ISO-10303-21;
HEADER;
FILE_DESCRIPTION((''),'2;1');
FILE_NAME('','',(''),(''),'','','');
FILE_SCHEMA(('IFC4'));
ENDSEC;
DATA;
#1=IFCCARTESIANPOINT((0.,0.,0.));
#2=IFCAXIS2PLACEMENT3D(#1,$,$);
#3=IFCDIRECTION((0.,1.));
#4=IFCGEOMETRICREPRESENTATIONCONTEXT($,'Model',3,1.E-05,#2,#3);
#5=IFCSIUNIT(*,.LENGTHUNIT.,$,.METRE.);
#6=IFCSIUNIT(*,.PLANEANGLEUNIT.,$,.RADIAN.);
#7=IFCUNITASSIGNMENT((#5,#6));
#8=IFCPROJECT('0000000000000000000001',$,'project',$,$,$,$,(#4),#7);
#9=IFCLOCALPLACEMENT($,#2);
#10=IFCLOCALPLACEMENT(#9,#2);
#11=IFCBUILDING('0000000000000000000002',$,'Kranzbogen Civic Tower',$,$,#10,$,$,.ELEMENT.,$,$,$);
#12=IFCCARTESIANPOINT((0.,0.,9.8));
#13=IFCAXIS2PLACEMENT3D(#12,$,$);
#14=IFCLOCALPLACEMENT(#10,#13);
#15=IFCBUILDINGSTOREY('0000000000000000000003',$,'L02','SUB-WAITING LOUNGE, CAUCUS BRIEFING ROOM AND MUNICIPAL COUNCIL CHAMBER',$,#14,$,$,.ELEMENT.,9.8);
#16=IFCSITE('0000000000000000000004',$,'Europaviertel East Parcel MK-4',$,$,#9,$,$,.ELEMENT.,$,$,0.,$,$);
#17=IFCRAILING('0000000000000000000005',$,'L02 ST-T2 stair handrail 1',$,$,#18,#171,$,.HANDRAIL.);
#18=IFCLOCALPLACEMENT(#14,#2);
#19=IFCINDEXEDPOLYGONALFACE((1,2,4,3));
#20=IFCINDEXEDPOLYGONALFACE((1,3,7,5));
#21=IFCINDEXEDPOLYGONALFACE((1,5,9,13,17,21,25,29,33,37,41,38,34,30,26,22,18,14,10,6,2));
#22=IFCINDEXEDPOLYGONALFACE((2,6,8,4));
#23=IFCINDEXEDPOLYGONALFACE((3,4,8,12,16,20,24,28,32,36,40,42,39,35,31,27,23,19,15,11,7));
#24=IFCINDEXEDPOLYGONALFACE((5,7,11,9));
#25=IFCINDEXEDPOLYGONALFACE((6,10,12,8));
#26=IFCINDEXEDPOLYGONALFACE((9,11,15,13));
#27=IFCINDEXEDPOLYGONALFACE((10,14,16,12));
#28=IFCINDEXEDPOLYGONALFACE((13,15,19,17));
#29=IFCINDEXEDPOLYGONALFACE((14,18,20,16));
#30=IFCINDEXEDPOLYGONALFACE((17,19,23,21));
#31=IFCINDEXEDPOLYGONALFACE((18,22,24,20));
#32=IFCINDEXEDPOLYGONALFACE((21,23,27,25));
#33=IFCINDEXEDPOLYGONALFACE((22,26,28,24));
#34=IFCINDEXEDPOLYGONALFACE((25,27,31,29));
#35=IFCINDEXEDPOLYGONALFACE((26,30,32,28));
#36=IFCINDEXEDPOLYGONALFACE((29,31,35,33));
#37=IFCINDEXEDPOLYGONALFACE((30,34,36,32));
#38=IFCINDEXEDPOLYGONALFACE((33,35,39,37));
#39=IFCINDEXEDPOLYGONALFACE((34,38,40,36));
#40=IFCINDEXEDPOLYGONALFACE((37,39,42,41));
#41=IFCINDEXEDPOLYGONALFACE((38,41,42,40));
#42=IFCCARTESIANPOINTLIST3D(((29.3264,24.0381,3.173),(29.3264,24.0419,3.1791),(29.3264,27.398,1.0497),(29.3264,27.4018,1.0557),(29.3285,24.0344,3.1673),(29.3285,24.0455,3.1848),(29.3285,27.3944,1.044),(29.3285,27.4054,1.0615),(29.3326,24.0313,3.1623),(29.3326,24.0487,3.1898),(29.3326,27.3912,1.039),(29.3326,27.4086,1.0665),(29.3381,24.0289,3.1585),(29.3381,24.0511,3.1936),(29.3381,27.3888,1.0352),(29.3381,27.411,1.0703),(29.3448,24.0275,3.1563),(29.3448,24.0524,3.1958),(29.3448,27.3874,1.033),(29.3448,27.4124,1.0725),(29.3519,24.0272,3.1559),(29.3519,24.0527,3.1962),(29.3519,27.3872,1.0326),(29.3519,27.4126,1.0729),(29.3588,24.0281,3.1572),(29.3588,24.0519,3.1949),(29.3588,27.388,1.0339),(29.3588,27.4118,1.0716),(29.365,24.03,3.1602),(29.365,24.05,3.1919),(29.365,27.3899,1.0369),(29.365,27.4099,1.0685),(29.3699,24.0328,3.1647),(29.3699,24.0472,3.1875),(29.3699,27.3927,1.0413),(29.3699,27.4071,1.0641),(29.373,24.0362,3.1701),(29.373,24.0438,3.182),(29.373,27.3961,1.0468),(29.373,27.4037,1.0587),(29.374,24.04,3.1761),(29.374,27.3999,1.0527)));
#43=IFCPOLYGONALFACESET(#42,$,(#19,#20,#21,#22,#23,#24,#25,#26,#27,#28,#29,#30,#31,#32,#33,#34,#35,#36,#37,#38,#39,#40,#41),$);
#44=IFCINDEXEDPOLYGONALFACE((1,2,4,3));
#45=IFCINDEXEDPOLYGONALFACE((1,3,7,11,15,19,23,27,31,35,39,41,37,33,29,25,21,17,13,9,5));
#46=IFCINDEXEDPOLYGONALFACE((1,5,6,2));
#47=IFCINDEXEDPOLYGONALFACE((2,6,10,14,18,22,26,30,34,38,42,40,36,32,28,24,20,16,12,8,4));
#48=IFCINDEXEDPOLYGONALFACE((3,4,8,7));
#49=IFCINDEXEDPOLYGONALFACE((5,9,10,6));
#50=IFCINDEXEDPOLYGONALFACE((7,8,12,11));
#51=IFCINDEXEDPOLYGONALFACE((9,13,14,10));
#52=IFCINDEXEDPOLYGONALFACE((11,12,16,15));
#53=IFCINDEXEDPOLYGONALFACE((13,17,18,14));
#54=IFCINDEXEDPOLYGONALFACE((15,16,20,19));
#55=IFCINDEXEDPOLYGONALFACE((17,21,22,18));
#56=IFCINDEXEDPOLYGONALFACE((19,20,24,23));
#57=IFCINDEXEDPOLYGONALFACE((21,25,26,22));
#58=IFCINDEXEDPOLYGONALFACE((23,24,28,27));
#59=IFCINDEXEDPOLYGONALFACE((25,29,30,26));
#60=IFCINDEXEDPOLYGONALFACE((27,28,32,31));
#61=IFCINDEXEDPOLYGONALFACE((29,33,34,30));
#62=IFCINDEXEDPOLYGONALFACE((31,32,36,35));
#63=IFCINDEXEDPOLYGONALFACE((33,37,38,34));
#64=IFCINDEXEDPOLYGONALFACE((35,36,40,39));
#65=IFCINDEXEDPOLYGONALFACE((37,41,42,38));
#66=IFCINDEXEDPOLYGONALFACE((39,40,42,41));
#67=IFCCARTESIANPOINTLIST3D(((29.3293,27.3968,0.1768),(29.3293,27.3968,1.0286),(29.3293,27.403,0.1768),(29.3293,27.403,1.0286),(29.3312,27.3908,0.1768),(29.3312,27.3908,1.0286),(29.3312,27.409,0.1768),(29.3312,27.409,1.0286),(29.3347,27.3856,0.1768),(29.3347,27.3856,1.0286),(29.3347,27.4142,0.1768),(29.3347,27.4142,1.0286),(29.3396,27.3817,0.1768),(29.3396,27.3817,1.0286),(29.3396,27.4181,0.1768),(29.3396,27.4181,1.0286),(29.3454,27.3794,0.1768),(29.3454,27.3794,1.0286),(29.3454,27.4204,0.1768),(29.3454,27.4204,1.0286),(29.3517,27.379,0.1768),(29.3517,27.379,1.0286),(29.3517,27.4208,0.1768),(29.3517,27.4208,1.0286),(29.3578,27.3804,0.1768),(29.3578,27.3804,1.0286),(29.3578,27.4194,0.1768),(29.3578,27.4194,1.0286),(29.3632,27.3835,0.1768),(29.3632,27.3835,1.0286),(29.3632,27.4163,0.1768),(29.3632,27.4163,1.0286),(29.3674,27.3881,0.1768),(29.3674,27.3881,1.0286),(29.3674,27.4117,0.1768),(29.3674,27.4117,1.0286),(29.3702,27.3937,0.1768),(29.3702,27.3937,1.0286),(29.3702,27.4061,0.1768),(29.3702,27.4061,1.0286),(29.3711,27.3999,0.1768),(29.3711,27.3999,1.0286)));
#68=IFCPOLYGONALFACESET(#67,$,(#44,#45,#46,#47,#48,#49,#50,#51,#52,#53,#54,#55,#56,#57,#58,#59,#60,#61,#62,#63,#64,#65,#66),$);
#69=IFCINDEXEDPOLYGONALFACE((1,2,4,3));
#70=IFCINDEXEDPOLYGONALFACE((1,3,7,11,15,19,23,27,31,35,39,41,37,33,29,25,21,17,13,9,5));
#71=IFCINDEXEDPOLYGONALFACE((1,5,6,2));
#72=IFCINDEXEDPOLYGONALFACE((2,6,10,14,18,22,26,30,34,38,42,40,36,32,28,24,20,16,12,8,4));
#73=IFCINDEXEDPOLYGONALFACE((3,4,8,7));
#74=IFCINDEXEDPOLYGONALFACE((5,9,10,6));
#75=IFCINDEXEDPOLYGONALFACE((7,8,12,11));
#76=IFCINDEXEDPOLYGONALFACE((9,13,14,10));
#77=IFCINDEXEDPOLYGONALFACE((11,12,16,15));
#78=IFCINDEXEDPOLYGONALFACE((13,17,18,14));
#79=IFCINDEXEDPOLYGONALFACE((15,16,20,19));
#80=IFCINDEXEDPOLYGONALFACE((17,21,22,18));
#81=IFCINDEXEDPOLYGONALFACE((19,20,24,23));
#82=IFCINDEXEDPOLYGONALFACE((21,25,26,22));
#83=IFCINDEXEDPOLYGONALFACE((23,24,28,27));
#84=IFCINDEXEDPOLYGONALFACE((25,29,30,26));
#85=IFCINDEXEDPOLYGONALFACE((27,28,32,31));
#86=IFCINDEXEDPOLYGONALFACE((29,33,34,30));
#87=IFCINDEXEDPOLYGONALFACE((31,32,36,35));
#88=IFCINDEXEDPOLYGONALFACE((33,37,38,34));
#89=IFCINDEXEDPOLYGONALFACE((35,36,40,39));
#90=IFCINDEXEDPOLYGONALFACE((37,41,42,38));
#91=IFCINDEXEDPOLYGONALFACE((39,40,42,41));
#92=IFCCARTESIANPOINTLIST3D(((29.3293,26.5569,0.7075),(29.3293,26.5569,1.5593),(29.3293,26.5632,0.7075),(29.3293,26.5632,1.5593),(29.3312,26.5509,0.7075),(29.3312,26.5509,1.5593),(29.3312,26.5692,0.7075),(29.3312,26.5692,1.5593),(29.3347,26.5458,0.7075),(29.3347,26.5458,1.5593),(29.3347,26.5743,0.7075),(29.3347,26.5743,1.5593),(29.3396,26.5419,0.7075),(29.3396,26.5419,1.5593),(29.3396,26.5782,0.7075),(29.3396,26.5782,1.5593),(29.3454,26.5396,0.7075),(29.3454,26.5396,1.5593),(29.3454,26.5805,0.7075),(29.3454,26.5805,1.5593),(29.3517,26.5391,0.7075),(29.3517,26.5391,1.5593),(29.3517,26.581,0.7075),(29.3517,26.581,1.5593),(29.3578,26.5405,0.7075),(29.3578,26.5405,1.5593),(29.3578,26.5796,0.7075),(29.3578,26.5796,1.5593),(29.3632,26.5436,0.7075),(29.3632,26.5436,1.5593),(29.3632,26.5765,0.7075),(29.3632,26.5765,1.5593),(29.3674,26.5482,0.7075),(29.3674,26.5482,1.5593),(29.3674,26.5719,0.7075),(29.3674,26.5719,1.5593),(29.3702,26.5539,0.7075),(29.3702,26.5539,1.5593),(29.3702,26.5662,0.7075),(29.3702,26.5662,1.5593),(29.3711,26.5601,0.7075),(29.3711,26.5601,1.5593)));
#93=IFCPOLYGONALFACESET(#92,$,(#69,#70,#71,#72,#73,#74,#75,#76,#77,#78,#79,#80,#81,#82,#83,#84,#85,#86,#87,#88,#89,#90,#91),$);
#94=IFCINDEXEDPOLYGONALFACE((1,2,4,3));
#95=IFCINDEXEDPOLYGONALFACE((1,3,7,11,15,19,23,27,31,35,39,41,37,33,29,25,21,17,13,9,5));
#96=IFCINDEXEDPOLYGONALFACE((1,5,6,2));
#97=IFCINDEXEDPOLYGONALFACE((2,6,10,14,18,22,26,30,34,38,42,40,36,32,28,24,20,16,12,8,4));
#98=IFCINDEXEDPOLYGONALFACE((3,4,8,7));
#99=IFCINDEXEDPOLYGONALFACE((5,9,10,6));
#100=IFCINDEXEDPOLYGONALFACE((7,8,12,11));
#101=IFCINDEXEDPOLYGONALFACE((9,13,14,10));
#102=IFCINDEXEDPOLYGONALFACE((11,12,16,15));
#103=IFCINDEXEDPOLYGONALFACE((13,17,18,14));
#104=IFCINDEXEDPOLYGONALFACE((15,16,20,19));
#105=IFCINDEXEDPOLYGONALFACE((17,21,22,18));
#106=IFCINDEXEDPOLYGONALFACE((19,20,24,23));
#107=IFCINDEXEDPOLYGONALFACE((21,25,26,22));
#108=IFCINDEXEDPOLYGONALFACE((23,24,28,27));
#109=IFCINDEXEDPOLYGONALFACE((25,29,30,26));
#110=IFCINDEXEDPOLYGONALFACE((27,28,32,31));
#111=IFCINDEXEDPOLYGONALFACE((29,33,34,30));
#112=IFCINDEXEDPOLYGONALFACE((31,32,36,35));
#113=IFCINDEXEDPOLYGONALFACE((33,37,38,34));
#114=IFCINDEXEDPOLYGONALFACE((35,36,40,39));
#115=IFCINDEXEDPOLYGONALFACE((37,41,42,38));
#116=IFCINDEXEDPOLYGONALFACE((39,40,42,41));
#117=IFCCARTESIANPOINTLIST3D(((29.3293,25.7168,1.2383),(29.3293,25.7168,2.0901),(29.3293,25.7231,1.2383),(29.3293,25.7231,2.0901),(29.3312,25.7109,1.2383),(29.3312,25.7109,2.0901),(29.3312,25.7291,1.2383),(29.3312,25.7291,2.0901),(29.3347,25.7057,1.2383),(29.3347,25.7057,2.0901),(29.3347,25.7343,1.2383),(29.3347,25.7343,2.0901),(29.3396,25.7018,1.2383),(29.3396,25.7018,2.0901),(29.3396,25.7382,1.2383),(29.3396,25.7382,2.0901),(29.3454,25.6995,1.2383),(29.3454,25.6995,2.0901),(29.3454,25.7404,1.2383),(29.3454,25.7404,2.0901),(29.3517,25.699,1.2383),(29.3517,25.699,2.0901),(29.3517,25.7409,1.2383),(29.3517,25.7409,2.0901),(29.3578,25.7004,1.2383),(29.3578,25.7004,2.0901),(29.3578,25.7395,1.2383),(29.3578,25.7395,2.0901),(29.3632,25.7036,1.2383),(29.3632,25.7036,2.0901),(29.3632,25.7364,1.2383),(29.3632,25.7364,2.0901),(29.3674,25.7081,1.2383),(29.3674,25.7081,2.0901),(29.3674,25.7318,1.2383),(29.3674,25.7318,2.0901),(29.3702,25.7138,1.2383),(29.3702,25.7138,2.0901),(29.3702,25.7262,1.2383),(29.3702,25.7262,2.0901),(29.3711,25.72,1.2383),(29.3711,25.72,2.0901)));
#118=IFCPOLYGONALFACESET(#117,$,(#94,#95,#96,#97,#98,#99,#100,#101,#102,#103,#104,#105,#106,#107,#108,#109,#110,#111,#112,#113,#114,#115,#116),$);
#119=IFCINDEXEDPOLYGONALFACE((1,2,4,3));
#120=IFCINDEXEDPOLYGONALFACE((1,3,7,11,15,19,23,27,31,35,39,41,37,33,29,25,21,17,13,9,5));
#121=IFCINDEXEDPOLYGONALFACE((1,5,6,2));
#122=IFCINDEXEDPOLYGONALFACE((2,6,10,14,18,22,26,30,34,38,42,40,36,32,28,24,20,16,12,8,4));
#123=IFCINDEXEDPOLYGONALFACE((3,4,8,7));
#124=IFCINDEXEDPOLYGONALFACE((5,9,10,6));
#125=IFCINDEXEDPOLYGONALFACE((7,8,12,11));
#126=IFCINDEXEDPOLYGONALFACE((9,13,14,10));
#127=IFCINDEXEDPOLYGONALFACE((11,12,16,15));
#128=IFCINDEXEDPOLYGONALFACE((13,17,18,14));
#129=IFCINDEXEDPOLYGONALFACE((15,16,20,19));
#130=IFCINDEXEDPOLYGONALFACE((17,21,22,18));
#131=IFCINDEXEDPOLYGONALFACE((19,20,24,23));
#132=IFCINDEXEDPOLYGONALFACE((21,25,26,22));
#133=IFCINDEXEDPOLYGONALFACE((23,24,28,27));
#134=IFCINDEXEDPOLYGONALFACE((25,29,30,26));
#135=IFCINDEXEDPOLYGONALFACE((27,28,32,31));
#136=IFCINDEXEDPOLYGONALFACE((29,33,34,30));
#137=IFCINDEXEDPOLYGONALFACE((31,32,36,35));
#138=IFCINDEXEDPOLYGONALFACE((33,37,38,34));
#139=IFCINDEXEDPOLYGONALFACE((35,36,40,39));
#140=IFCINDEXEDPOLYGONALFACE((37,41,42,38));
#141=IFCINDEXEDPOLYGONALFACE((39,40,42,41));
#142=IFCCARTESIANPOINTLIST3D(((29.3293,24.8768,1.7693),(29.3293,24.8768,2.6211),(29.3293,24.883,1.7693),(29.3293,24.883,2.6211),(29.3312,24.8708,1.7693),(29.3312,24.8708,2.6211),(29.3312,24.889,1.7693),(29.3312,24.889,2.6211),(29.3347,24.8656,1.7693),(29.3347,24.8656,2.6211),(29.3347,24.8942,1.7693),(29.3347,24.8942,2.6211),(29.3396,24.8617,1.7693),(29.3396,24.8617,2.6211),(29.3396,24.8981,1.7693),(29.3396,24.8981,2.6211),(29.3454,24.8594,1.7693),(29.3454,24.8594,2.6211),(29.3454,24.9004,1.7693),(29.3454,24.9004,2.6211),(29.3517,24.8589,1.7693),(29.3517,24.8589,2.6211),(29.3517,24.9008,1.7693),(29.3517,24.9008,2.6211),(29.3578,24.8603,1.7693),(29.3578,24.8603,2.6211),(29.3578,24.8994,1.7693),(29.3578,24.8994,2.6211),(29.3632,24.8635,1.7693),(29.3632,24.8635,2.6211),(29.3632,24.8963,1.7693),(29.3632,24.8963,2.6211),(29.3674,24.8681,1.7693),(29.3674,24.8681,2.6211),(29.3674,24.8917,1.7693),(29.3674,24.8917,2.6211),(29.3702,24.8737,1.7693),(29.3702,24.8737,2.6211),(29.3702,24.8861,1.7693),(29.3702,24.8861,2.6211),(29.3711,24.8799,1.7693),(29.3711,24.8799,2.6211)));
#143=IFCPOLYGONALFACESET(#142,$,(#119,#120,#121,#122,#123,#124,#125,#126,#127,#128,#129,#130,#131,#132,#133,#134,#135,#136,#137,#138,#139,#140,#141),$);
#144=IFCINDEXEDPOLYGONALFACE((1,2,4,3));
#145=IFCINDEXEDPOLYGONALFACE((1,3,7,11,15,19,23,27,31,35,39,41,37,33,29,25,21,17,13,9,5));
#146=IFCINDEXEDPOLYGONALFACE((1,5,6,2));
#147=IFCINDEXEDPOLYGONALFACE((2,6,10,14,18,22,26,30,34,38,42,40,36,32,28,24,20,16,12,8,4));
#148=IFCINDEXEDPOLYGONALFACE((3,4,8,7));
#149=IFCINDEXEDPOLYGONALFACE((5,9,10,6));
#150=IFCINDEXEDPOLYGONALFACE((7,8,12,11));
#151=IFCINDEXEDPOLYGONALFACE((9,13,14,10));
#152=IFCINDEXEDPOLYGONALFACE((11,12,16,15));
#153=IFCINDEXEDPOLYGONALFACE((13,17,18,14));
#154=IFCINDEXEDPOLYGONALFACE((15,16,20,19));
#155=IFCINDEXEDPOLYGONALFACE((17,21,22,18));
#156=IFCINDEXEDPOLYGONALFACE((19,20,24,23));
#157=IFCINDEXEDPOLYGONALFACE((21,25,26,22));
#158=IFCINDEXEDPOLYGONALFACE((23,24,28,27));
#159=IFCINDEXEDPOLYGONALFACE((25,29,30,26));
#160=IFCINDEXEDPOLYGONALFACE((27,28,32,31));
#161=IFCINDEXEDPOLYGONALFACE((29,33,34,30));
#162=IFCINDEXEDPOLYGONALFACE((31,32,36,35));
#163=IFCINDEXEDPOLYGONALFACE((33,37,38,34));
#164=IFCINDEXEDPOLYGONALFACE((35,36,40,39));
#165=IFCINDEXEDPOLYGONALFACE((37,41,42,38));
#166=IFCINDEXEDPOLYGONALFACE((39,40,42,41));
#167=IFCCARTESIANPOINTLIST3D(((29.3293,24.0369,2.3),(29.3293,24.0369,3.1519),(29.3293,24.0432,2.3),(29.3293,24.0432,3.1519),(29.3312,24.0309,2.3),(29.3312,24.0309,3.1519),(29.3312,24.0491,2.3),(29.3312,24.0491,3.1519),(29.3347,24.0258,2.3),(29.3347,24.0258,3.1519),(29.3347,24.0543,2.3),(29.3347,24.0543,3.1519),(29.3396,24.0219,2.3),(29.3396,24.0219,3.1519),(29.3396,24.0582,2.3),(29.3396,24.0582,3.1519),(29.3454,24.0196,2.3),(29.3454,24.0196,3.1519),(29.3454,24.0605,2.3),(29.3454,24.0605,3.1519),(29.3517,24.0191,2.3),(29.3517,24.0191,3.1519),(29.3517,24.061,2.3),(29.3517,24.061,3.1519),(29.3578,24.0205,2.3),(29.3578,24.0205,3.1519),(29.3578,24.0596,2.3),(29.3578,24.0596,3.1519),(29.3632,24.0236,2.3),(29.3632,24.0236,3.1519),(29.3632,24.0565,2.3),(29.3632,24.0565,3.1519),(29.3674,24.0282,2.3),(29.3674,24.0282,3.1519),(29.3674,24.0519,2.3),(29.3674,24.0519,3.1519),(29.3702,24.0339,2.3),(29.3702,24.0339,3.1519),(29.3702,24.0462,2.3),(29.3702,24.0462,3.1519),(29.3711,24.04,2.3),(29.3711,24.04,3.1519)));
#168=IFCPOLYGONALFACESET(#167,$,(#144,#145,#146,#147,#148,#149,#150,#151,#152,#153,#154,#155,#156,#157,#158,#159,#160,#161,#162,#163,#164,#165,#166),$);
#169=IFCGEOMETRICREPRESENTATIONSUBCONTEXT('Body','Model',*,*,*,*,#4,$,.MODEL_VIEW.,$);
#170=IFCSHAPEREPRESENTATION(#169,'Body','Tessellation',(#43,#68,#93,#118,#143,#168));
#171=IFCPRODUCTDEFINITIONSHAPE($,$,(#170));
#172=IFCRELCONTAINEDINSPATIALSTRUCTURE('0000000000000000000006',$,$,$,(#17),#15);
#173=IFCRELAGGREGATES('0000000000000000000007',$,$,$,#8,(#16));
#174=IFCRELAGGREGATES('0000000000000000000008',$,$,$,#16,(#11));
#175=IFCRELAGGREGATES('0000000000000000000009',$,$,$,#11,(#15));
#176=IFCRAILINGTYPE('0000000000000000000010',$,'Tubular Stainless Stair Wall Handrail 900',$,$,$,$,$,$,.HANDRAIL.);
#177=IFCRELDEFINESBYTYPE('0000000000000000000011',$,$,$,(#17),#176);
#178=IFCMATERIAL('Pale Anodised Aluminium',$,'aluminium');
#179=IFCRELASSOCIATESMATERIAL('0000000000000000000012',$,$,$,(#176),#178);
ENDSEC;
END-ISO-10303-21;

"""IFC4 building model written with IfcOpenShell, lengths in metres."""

from ifc_helpers import new_model, si_unit, direction, frame, origin, origin_2d, place, context, subcontext, project, spatial, circle, extrude, material, type_object, element, save


model = new_model("IFC4")

# Units and contexts
model_context = context("Model", 3, precision=1e-05, world=origin(), true_north=direction((0.0, 1.0)))
body_context = subcontext(model_context, "Body", "Model", "MODEL_VIEW")
ifc_project = project(units=[si_unit("LENGTHUNIT", "METRE"), si_unit("PLANEANGLEUNIT", "RADIAN")], contexts=[model_context])

# Site, building, storey
site_placement = place(None, origin())
site = spatial("IfcSite", under=ifc_project, at=site_placement, Name="Europaviertel East Parcel MK-4", CompositionType="ELEMENT", RefElevation=0.0)
building_placement = place(site_placement, origin())
building = spatial("IfcBuilding", under=site, at=building_placement, Name="Kranzbogen Civic Tower", CompositionType="ELEMENT")
storey_placement = place(building_placement, frame((0.0, 0.0, 9.8)))
storey = spatial("IfcBuildingStorey", under=building, at=storey_placement, Name="L02", Description="SUB-WAITING LOUNGE, CAUCUS BRIEFING ROOM AND MUNICIPAL COUNCIL CHAMBER", CompositionType="ELEMENT", Elevation=9.8)

# Railing
ifc_material_1 = material(Name="Pale Anodised Aluminium", Category="aluminium")
railing_type_1 = type_object("IfcRailingType", Name="Tubular Stainless Stair Wall Handrail 900", PredefinedType="HANDRAIL", material=ifc_material_1)
railing_1_placement = place(storey_placement, frame((29.3501, 27.3999, 0.1768)))
element("IfcRailing", 1, at=railing_1_placement, inside=storey, type_object=railing_type_1, Name="L02 ST-T2 stair handrail 1", PredefinedType="HANDRAIL", context=body_context, shape_type="SweptSolid", body=[
    extrude(circle(Radius=0.0239, at=origin_2d()), frame((0.0, 0.0, 0.876), z_axis=(0.0, -0.845344, 0.534222), x_axis=(1.0, 0.0, 0.0)), (0.0, 0.0, 1.0), 3.9746),
    extrude(circle(Radius=0.021, at=origin_2d()), origin(), (0.0, 0.0, 1.0), 0.8518),
    extrude(circle(Radius=0.021, at=origin_2d()), frame((0.0, -0.8398, 0.5308)), (0.0, 0.0, 1.0), 0.8518),
    extrude(circle(Radius=0.021, at=origin_2d()), frame((0.0, -1.6799, 1.0615)), (0.0, 0.0, 1.0), 0.8518),
    extrude(circle(Radius=0.021, at=origin_2d()), frame((0.0, -2.52, 1.5925)), (0.0, 0.0, 1.0), 0.8518),
    extrude(circle(Radius=0.021, at=origin_2d()), frame((0.0, -3.3599, 2.1233)), (0.0, 0.0, 1.0), 0.8518),
])

save(model, "model.ifc")
